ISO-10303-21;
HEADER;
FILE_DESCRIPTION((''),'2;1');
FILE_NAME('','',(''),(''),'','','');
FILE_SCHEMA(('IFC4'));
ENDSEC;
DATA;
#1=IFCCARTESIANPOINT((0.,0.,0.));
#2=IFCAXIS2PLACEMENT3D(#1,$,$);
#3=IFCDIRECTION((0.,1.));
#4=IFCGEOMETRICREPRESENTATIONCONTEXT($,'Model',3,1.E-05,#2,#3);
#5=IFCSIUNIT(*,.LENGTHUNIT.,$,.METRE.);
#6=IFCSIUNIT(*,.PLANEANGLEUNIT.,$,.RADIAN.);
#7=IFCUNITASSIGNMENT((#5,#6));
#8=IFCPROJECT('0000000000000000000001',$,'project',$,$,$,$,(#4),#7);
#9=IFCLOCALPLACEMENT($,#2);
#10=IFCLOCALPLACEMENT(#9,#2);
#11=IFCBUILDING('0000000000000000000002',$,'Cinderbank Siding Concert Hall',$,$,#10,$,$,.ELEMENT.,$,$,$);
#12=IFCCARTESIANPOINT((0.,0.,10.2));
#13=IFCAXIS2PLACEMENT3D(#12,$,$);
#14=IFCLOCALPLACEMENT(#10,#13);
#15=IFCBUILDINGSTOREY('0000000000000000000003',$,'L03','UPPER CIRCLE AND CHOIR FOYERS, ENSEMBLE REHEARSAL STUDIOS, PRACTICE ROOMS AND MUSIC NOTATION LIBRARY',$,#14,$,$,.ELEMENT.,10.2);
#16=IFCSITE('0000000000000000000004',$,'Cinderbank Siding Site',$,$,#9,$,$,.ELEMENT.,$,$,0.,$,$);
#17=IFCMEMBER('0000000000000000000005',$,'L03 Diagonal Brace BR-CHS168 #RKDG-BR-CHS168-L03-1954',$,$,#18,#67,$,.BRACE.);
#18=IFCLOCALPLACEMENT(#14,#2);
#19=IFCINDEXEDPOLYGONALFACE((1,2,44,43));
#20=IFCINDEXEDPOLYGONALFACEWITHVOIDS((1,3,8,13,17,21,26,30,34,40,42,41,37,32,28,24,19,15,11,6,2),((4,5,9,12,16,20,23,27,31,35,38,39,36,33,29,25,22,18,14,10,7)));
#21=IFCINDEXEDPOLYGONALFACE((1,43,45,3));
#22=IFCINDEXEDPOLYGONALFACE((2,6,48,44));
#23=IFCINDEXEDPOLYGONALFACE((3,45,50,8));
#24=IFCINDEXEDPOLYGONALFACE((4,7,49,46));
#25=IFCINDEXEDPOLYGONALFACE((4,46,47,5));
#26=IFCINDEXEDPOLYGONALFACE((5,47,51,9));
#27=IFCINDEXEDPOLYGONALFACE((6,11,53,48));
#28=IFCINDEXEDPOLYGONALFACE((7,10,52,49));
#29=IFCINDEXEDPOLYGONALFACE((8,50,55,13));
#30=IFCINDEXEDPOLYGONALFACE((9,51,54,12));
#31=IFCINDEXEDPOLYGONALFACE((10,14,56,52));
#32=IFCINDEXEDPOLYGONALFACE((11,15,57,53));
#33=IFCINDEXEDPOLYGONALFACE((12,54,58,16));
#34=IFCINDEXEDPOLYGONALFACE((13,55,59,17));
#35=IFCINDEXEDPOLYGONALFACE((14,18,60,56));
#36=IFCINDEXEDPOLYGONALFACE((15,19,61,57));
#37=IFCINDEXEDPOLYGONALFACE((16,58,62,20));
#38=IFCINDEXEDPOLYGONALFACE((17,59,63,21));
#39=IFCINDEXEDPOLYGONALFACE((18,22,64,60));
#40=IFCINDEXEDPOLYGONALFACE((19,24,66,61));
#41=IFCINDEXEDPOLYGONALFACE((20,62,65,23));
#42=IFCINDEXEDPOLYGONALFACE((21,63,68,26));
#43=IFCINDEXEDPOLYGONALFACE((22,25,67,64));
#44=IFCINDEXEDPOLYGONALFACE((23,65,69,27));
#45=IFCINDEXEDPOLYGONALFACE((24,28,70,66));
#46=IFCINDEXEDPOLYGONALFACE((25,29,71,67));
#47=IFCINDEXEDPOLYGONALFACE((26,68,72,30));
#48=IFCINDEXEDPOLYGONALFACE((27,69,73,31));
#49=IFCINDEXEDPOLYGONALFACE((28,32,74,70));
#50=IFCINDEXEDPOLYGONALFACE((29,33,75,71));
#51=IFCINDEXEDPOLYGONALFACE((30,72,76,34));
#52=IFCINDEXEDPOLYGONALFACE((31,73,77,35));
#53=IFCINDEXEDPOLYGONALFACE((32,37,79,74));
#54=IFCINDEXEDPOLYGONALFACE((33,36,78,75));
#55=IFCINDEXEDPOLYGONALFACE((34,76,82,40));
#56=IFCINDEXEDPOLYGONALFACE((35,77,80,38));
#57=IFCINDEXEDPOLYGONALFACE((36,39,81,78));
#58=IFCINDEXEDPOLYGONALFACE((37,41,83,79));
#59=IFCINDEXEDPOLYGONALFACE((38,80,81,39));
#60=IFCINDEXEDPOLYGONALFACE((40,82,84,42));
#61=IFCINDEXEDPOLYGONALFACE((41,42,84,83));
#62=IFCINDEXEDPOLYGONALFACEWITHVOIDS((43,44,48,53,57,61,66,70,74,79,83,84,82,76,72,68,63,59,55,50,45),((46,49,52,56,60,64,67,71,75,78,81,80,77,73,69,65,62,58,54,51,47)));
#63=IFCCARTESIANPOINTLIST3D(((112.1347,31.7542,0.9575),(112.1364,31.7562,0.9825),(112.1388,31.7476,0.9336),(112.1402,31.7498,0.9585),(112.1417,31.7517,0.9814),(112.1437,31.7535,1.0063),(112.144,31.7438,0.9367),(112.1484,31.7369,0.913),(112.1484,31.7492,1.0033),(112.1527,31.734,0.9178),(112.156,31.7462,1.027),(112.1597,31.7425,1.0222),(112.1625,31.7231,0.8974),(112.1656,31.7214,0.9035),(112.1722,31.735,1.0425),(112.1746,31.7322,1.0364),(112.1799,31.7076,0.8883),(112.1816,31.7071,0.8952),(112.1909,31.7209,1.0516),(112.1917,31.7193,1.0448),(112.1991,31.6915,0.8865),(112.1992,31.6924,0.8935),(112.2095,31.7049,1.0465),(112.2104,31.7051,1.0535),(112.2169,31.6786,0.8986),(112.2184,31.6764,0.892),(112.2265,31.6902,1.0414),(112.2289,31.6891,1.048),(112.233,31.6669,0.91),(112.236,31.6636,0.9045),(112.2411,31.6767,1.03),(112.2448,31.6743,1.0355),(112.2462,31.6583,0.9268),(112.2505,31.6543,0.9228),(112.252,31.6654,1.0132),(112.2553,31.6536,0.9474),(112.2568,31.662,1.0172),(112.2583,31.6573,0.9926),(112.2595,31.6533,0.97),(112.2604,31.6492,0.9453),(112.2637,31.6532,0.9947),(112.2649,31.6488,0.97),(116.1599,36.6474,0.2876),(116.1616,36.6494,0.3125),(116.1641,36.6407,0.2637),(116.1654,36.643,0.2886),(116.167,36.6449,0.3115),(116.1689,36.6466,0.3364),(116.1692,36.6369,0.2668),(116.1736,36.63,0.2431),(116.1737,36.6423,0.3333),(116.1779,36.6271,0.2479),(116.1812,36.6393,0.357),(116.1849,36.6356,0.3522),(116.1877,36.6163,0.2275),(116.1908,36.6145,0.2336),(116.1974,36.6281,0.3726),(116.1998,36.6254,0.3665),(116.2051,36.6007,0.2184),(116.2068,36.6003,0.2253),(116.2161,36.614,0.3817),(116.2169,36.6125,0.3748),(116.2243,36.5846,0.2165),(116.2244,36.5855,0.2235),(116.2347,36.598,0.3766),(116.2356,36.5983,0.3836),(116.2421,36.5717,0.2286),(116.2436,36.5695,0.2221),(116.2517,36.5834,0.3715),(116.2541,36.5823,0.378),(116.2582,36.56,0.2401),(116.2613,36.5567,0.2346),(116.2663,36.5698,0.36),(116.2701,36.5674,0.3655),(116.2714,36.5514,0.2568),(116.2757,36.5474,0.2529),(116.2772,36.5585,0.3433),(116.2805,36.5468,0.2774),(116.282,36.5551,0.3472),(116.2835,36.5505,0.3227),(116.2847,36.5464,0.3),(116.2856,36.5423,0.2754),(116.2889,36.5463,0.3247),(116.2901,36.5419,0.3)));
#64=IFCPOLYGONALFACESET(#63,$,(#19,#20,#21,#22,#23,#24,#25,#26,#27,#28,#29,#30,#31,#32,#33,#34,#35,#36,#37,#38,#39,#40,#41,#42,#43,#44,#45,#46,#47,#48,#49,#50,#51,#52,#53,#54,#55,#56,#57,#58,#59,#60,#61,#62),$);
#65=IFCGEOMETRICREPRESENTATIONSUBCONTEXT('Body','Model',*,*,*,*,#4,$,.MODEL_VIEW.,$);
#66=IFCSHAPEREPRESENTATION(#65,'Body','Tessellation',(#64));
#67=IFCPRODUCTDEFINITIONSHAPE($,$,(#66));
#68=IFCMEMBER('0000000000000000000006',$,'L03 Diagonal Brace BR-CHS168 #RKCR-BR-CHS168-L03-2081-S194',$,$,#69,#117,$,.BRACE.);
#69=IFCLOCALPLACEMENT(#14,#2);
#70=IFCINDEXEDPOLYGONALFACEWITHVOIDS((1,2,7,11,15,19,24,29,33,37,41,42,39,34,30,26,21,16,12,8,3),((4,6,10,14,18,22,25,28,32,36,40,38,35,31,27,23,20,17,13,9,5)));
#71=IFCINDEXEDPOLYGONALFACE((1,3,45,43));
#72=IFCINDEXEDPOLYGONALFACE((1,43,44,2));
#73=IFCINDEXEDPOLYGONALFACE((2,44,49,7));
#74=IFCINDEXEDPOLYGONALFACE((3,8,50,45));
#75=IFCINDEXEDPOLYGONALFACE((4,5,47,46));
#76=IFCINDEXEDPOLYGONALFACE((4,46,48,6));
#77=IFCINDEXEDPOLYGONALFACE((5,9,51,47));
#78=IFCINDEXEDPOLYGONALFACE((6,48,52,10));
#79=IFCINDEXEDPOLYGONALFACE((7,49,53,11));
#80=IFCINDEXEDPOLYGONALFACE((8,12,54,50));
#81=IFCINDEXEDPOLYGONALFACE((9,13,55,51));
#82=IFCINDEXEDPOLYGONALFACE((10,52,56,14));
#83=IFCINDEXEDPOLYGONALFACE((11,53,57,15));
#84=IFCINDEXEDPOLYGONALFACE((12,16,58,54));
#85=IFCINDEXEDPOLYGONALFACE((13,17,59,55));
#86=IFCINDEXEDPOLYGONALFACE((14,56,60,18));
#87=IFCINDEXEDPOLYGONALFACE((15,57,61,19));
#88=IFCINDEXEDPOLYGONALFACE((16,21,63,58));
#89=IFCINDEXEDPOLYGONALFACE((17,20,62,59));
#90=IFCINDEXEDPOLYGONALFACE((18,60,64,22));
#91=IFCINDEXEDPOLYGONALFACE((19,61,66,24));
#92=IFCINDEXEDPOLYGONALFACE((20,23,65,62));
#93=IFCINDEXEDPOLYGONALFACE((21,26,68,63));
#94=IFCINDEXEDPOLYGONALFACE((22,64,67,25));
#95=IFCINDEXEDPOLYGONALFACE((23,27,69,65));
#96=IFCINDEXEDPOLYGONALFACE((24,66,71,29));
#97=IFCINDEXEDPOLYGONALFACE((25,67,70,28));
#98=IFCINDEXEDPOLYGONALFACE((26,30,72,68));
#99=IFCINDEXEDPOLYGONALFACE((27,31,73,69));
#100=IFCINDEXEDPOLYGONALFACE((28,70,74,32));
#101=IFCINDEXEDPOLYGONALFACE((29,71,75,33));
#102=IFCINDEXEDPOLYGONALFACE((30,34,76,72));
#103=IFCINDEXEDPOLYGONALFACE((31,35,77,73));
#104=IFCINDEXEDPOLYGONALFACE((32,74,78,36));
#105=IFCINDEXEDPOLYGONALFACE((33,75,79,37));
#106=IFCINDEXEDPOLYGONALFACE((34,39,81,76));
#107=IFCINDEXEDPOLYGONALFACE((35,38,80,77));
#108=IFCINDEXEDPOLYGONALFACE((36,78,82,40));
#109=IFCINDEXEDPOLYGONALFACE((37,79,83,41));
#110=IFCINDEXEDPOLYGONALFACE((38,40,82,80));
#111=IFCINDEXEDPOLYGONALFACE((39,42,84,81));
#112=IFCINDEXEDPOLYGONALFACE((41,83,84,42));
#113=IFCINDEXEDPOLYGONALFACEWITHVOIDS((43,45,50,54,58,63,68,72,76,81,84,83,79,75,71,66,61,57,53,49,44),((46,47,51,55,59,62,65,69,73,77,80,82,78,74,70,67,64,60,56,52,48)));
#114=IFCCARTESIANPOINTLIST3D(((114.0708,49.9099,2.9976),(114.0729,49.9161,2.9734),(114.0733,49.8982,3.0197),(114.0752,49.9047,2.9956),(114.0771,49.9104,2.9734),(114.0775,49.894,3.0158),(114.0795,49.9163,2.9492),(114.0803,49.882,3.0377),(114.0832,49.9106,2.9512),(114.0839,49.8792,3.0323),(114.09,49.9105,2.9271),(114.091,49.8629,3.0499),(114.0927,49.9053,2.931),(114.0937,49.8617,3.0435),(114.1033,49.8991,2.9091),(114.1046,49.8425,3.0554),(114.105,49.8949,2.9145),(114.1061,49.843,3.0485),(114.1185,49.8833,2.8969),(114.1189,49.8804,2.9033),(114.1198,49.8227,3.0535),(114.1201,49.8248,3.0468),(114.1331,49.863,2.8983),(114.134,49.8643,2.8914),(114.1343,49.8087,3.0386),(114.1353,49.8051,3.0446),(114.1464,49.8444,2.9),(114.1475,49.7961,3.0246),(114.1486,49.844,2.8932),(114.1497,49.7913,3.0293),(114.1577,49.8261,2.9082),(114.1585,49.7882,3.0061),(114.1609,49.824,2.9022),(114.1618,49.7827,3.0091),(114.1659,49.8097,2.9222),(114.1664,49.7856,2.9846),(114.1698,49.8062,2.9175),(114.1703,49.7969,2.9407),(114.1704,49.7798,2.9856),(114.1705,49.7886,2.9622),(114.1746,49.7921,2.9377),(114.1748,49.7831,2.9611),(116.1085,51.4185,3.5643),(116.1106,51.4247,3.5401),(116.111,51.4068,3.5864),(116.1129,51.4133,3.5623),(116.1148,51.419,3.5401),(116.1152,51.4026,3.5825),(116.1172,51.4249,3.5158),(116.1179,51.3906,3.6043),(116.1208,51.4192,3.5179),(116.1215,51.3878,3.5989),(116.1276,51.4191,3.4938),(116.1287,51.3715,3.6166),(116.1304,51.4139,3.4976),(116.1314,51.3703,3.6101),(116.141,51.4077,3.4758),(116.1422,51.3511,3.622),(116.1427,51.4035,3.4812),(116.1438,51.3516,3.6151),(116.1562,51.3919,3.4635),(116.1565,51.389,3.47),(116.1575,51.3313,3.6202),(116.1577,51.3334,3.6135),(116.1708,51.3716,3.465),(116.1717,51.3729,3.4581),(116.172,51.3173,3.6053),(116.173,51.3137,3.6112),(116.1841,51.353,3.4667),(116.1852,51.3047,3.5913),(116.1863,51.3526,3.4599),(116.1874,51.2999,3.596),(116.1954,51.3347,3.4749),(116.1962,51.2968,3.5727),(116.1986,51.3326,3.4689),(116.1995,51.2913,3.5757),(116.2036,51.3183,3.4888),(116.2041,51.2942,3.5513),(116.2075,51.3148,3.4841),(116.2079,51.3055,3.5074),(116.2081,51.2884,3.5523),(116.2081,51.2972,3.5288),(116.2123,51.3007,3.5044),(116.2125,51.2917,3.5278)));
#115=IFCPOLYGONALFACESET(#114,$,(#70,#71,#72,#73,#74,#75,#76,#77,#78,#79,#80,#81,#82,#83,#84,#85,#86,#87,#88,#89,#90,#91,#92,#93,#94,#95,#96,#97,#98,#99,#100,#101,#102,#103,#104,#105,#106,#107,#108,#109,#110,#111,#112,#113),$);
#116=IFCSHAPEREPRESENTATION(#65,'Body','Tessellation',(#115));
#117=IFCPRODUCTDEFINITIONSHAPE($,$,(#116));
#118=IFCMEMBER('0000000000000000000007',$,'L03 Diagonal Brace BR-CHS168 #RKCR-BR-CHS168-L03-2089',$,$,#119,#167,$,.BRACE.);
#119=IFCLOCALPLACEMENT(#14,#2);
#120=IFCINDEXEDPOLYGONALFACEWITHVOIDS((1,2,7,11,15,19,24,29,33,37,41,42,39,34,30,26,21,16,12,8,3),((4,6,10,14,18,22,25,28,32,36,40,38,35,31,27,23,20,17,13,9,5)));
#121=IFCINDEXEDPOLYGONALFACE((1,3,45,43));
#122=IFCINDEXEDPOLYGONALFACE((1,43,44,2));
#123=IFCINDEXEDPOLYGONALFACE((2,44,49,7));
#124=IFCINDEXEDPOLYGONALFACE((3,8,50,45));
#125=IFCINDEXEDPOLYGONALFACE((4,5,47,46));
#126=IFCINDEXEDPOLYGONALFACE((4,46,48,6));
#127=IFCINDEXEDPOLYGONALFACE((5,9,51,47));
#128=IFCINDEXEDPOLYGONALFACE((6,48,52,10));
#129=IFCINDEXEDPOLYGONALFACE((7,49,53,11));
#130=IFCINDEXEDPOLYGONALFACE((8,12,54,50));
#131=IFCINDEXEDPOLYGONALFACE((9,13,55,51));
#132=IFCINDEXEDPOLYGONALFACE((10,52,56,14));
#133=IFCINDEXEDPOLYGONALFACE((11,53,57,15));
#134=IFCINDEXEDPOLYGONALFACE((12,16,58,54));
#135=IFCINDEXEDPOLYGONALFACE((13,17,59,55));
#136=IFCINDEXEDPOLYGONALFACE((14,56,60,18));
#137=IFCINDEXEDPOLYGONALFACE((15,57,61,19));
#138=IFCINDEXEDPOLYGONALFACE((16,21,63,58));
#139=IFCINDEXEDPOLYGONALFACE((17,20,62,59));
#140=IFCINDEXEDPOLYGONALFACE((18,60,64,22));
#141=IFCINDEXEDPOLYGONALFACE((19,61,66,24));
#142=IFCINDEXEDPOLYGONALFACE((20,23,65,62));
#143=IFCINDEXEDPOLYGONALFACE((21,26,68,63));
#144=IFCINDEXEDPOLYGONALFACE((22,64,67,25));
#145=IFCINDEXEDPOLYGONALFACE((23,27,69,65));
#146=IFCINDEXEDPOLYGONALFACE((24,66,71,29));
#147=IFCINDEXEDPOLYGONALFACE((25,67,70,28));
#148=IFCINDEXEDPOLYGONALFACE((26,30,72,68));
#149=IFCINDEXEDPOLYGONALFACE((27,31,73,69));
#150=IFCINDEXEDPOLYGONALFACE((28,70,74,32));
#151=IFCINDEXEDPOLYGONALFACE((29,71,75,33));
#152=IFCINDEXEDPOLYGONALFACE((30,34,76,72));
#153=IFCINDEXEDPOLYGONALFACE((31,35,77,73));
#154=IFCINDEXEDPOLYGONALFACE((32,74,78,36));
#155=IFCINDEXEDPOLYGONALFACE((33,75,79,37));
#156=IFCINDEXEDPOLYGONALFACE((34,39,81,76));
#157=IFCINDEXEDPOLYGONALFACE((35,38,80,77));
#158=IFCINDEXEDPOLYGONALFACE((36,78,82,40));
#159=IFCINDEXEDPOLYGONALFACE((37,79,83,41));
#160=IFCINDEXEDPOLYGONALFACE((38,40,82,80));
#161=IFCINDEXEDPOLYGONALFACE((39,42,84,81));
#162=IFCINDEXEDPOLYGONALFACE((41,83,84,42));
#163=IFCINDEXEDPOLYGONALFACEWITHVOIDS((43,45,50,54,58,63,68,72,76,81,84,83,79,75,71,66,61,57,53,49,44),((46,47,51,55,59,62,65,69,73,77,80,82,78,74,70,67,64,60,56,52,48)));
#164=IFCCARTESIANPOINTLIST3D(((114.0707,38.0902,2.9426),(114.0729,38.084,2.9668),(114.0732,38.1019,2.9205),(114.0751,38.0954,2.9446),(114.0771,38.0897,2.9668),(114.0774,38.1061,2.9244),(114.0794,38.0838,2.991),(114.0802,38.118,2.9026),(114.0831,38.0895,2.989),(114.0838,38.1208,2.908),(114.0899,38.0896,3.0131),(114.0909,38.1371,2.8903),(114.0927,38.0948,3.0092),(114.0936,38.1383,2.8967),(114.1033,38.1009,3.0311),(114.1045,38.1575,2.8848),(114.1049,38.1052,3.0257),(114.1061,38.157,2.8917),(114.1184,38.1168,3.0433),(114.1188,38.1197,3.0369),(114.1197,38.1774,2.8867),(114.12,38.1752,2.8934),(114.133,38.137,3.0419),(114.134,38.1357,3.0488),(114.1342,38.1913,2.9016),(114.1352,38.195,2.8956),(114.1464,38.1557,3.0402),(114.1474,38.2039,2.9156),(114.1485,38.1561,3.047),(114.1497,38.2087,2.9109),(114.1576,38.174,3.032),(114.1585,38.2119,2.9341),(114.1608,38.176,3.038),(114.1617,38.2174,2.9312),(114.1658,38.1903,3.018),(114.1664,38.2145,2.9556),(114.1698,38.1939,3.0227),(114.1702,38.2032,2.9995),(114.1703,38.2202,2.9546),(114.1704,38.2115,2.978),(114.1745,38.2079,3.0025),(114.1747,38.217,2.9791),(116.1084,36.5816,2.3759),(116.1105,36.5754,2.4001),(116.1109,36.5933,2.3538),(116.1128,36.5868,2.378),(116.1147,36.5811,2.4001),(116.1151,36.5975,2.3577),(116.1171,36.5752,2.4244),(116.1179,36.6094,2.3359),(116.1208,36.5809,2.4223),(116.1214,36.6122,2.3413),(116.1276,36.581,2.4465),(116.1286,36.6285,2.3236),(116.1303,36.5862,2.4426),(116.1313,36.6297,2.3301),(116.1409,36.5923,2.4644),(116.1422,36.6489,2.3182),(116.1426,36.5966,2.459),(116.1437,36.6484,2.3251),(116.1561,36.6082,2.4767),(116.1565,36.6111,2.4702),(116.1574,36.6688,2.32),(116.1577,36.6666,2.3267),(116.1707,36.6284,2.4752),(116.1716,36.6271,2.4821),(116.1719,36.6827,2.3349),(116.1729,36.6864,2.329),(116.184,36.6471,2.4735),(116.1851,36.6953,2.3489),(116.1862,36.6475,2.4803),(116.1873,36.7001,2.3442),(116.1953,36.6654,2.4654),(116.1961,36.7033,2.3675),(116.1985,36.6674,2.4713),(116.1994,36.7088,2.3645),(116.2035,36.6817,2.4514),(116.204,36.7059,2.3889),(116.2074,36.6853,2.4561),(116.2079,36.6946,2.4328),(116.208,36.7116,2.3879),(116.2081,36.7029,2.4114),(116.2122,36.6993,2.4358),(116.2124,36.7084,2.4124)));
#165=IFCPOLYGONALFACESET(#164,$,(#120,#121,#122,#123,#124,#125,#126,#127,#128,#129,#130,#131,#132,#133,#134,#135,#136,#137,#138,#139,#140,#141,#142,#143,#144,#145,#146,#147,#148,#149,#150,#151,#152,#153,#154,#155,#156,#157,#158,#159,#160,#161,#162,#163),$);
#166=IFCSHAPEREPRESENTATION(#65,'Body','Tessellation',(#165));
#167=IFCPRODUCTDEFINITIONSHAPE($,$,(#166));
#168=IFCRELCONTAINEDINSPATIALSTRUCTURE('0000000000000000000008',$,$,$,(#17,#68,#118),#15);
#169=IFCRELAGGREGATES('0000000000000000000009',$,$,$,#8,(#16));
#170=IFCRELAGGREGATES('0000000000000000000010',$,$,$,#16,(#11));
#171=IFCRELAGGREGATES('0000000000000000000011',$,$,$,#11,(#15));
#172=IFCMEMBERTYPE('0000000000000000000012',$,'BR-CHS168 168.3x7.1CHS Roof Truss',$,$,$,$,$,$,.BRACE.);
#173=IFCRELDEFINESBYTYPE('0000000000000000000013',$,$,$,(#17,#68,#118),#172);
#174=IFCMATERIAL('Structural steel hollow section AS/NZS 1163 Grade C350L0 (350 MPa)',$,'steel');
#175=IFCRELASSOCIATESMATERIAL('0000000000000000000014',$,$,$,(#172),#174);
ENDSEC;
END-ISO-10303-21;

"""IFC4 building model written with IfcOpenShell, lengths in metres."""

from ifc_helpers import new_model, si_unit, direction, frame, origin, origin_2d, place, context, subcontext, project, spatial, hollow_circle, extrude, material, material_profile, profile_set, type_object, element, save


model = new_model("IFC4")

# Units and contexts
model_context = context("Model", 3, precision=1e-05, world=origin(), true_north=direction((0.0, 1.0)))
body_context = subcontext(model_context, "Body", "Model", "MODEL_VIEW")
ifc_project = project(units=[si_unit("LENGTHUNIT", "METRE"), si_unit("PLANEANGLEUNIT", "RADIAN")], contexts=[model_context])

# Site, building, storey
site_placement = place(None, origin())
site = spatial("IfcSite", under=ifc_project, at=site_placement, Name="Cinderbank Siding Site", CompositionType="ELEMENT", RefElevation=0.0)
building_placement = place(site_placement, origin())
building = spatial("IfcBuilding", under=site, at=building_placement, Name="Cinderbank Siding Concert Hall", CompositionType="ELEMENT")
storey_placement = place(building_placement, frame((0.0, 0.0, 10.2)))
storey = spatial("IfcBuildingStorey", under=building, at=storey_placement, Name="L03", Description="UPPER CIRCLE AND CHOIR FOYERS, ENSEMBLE REHEARSAL STUDIOS, PRACTICE ROOMS AND MUSIC NOTATION LIBRARY", CompositionType="ELEMENT", Elevation=10.2)

# Shared definitions
ifc_material_1 = material(Name="Structural steel hollow section AS/NZS 1163 Grade C350L0 (350 MPa)", Category="steel")

# Members
ifc_material_profile_1 = material_profile(ifc_material_1, hollow_circle(Radius=0.0842, WallThickness=0.0071, at=origin_2d()), Name="168.3x7.1CHS", Category="LoadBearing")
ifc_profile_set_1 = profile_set([ifc_material_profile_1], Name="Structural steel hollow section AS/NZS 1163 Grade C350L0 (350 MPa)")
member_type_1 = type_object("IfcMemberType", Name="BR-CHS168 168.3x7.1CHS Roof Truss", PredefinedType="BRACE", material=ifc_profile_set_1)
member_1_placement = place(storey_placement, frame((116.2251, 36.5955, 0.3), z_axis=(-0.631768, -0.767993, 0.105148), x_axis=(0.772274, -0.63529, 0.0)))
element("IfcMember", 1, at=member_1_placement, inside=storey, type_object=member_type_1, Name="L03 Diagonal Brace BR-CHS168 #RKDG-BR-CHS168-L03-1954", PredefinedType="BRACE", context=body_context, shape_type="SweptSolid", body=[
    extrude(hollow_circle(Radius=0.0842, WallThickness=0.0071, at=origin_2d()), origin(), (0.0, 0.0, 1.0), 6.3713),
])
for number, where, z_axis, x_axis, name in (
    (2, (114.123, 49.8484, 2.9734), (0.784353, 0.580699, 0.218126), (-0.595027, 0.803706, 0.0), "L03 Diagonal Brace BR-CHS168 #RKCR-BR-CHS168-L03-2081-S194"),
    (3, (116.1606, 36.6431, 2.4001), (-0.784353, 0.580699, 0.218126), (-0.595027, -0.803706, 0.0), "L03 Diagonal Brace BR-CHS168 #RKCR-BR-CHS168-L03-2089"),
):
    element("IfcMember", number, at=place(storey_placement, frame(where, z_axis=z_axis, x_axis=x_axis)), inside=storey, type_object=member_type_1, Name=name, PredefinedType="BRACE", context=body_context, shape_type="SweptSolid", body=[
        extrude(hollow_circle(Radius=0.0842, WallThickness=0.0071, at=origin_2d()), origin(), (0.0, 0.0, 1.0), 2.5979),
    ])

save(model, "model.ifc")
